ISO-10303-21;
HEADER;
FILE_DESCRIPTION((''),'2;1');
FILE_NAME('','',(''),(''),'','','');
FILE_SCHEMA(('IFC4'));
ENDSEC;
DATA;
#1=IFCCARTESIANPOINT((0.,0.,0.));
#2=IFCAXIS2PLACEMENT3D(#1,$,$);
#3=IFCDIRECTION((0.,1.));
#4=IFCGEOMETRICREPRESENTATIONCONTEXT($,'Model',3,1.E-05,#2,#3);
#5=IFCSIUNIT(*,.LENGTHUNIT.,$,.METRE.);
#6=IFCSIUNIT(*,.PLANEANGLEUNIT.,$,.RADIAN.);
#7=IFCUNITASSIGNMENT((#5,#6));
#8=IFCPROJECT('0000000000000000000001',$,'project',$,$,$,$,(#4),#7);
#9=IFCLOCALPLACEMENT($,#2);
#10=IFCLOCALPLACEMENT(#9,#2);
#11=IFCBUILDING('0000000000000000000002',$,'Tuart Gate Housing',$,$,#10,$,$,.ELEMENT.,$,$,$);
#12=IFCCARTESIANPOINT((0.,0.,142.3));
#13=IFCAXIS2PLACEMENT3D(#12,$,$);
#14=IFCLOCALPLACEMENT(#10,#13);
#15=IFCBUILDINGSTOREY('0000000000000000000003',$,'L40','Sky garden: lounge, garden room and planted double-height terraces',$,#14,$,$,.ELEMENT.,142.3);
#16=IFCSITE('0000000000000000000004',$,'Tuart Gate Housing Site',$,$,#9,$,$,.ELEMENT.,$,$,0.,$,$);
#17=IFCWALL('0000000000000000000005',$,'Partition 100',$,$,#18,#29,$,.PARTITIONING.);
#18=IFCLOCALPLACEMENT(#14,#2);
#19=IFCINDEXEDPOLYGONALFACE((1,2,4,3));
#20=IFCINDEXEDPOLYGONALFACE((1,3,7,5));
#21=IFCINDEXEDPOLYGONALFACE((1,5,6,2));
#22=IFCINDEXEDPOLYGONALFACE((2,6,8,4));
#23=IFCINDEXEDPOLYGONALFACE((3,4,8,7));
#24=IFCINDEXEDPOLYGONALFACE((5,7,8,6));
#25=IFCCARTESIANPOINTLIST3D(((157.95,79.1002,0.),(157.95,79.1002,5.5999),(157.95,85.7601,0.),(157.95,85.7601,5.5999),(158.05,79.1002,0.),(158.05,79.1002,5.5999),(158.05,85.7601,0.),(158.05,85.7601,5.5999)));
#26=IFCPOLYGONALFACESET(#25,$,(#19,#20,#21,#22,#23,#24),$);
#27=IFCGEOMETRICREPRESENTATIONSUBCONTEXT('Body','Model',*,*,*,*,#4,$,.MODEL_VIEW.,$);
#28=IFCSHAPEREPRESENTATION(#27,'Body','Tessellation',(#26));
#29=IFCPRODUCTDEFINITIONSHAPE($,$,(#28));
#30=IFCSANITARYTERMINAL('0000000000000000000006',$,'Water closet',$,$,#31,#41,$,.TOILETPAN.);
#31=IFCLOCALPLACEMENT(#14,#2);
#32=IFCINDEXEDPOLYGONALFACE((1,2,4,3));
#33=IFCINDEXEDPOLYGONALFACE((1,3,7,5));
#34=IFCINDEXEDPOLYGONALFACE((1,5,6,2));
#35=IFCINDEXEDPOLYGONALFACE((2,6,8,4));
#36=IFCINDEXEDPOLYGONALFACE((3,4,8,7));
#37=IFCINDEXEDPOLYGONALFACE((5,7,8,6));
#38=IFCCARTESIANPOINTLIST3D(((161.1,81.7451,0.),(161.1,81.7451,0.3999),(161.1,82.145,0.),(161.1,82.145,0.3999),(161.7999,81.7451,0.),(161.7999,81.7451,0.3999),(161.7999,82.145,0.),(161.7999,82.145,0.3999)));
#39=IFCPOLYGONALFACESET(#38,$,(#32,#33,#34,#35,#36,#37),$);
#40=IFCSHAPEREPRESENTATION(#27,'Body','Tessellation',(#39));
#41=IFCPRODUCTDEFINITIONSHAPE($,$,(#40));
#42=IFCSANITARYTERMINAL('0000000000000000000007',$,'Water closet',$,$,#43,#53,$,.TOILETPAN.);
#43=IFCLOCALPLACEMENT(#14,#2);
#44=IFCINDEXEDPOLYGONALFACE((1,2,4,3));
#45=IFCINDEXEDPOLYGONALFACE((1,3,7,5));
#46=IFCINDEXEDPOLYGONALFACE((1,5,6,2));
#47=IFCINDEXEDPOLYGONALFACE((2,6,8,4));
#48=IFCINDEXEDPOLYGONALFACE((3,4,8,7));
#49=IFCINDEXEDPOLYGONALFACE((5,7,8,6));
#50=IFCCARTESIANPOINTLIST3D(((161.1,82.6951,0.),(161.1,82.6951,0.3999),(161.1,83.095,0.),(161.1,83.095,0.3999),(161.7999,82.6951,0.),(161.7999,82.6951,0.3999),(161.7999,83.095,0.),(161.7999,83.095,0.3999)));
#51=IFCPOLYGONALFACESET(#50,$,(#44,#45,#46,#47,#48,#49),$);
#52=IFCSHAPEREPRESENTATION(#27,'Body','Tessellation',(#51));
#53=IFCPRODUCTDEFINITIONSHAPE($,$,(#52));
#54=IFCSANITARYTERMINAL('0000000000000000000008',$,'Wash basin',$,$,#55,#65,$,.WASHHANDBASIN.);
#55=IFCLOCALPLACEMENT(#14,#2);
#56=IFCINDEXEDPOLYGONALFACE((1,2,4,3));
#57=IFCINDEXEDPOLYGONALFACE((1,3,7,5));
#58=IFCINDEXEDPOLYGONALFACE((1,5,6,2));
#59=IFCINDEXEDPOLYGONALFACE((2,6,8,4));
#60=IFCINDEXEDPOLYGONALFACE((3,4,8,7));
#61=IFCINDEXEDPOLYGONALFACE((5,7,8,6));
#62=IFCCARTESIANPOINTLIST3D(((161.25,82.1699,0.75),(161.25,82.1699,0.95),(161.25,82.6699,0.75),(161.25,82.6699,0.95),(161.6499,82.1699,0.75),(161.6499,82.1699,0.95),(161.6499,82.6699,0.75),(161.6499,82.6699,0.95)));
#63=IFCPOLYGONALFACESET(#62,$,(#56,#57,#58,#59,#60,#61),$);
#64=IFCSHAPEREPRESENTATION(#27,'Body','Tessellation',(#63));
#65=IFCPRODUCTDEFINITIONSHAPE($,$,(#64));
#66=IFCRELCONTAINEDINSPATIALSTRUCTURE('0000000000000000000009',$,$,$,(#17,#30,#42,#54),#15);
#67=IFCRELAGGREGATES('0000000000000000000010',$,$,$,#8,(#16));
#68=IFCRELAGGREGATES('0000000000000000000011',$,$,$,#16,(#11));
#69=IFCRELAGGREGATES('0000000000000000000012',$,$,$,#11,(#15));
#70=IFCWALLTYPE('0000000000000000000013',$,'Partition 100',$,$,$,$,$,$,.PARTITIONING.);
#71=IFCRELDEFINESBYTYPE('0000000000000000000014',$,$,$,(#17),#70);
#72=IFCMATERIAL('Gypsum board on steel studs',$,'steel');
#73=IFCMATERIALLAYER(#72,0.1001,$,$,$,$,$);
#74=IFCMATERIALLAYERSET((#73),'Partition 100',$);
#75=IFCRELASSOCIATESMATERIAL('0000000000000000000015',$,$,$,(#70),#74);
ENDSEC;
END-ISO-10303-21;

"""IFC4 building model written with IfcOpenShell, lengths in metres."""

from ifc_helpers import new_model, si_unit, direction, frame, frame_2d, origin, origin_2d, place, context, subcontext, project, spatial, rectangle, extrude, material, layer, layer_set, type_object, element, save


model = new_model("IFC4")

# Units and contexts
model_context = context("Model", 3, precision=1e-05, world=origin(), true_north=direction((0.0, 1.0)))
body_context = subcontext(model_context, "Body", "Model", "MODEL_VIEW")
ifc_project = project(units=[si_unit("LENGTHUNIT", "METRE"), si_unit("PLANEANGLEUNIT", "RADIAN")], contexts=[model_context])

# Site, building, storey
site_placement = place(None, origin())
site = spatial("IfcSite", under=ifc_project, at=site_placement, Name="Tuart Gate Housing Site", CompositionType="ELEMENT", RefElevation=0.0)
building_placement = place(site_placement, origin())
building = spatial("IfcBuilding", under=site, at=building_placement, Name="Tuart Gate Housing", CompositionType="ELEMENT")
storey_placement = place(building_placement, frame((0.0, 0.0, 142.3)))
storey = spatial("IfcBuildingStorey", under=building, at=storey_placement, Name="L40", Description="Sky garden: lounge, garden room and planted double-height terraces", CompositionType="ELEMENT", Elevation=142.3)

# Wall
ifc_material_1 = material(Name="Gypsum board on steel studs", Category="steel")
ifc_layer_1 = layer(ifc_material_1, 0.1001)
ifc_layer_set_1 = layer_set([ifc_layer_1], Name="Partition 100")
wall_type_1 = type_object("IfcWallType", Name="Partition 100", PredefinedType="PARTITIONING", material=ifc_layer_set_1)
wall_1_placement = place(storey_placement, frame((158.0, 79.1001, 0.0), z_axis=(0.0, 0.0, 1.0), x_axis=(0.0, 1.0, 0.0)))
element("IfcWall", 1, at=wall_1_placement, inside=storey, type_object=wall_type_1, Name="Partition 100", PredefinedType="PARTITIONING", context=body_context, shape_type="SweptSolid", body=[
    extrude(rectangle(XDim=6.6599, YDim=0.1001, at=frame_2d((3.3301, 0.0))), origin(), (0.0, 0.0, 1.0), 5.5999),
])

# Sanitary terminals
for number, where, z_axis, x_axis, name in (
    (2, (161.45, 81.9451, 0.0), (0.0, 0.0, 1.0), (1.0, 0.0, 0.0), "Water closet"),
    (3, (161.45, 82.895, 0.0), (0.0, 0.0, 1.0), (1.0, 0.0, 0.0), "Water closet"),
):
    element("IfcSanitaryTerminal", number, at=place(storey_placement, frame(where, z_axis=z_axis, x_axis=x_axis)), inside=storey, Name=name, PredefinedType="TOILETPAN", context=body_context, shape_type="SweptSolid", body=[
        extrude(rectangle(XDim=0.7, YDim=0.3999, at=origin_2d()), origin(), (0.0, 0.0, 1.0), 0.3999),
    ])
sanitary_terminal_placement = place(storey_placement, frame((161.45, 82.4199, 0.75), z_axis=(0.0, 0.0, 1.0), x_axis=(1.0, 0.0, 0.0)))
element("IfcSanitaryTerminal", 4, at=sanitary_terminal_placement, inside=storey, Name="Wash basin", PredefinedType="WASHHANDBASIN", context=body_context, shape_type="SweptSolid", body=[
    extrude(rectangle(XDim=0.3999, YDim=0.5, at=origin_2d()), origin(), (0.0, 0.0, 1.0), 0.2),
])

save(model, "model.ifc")
